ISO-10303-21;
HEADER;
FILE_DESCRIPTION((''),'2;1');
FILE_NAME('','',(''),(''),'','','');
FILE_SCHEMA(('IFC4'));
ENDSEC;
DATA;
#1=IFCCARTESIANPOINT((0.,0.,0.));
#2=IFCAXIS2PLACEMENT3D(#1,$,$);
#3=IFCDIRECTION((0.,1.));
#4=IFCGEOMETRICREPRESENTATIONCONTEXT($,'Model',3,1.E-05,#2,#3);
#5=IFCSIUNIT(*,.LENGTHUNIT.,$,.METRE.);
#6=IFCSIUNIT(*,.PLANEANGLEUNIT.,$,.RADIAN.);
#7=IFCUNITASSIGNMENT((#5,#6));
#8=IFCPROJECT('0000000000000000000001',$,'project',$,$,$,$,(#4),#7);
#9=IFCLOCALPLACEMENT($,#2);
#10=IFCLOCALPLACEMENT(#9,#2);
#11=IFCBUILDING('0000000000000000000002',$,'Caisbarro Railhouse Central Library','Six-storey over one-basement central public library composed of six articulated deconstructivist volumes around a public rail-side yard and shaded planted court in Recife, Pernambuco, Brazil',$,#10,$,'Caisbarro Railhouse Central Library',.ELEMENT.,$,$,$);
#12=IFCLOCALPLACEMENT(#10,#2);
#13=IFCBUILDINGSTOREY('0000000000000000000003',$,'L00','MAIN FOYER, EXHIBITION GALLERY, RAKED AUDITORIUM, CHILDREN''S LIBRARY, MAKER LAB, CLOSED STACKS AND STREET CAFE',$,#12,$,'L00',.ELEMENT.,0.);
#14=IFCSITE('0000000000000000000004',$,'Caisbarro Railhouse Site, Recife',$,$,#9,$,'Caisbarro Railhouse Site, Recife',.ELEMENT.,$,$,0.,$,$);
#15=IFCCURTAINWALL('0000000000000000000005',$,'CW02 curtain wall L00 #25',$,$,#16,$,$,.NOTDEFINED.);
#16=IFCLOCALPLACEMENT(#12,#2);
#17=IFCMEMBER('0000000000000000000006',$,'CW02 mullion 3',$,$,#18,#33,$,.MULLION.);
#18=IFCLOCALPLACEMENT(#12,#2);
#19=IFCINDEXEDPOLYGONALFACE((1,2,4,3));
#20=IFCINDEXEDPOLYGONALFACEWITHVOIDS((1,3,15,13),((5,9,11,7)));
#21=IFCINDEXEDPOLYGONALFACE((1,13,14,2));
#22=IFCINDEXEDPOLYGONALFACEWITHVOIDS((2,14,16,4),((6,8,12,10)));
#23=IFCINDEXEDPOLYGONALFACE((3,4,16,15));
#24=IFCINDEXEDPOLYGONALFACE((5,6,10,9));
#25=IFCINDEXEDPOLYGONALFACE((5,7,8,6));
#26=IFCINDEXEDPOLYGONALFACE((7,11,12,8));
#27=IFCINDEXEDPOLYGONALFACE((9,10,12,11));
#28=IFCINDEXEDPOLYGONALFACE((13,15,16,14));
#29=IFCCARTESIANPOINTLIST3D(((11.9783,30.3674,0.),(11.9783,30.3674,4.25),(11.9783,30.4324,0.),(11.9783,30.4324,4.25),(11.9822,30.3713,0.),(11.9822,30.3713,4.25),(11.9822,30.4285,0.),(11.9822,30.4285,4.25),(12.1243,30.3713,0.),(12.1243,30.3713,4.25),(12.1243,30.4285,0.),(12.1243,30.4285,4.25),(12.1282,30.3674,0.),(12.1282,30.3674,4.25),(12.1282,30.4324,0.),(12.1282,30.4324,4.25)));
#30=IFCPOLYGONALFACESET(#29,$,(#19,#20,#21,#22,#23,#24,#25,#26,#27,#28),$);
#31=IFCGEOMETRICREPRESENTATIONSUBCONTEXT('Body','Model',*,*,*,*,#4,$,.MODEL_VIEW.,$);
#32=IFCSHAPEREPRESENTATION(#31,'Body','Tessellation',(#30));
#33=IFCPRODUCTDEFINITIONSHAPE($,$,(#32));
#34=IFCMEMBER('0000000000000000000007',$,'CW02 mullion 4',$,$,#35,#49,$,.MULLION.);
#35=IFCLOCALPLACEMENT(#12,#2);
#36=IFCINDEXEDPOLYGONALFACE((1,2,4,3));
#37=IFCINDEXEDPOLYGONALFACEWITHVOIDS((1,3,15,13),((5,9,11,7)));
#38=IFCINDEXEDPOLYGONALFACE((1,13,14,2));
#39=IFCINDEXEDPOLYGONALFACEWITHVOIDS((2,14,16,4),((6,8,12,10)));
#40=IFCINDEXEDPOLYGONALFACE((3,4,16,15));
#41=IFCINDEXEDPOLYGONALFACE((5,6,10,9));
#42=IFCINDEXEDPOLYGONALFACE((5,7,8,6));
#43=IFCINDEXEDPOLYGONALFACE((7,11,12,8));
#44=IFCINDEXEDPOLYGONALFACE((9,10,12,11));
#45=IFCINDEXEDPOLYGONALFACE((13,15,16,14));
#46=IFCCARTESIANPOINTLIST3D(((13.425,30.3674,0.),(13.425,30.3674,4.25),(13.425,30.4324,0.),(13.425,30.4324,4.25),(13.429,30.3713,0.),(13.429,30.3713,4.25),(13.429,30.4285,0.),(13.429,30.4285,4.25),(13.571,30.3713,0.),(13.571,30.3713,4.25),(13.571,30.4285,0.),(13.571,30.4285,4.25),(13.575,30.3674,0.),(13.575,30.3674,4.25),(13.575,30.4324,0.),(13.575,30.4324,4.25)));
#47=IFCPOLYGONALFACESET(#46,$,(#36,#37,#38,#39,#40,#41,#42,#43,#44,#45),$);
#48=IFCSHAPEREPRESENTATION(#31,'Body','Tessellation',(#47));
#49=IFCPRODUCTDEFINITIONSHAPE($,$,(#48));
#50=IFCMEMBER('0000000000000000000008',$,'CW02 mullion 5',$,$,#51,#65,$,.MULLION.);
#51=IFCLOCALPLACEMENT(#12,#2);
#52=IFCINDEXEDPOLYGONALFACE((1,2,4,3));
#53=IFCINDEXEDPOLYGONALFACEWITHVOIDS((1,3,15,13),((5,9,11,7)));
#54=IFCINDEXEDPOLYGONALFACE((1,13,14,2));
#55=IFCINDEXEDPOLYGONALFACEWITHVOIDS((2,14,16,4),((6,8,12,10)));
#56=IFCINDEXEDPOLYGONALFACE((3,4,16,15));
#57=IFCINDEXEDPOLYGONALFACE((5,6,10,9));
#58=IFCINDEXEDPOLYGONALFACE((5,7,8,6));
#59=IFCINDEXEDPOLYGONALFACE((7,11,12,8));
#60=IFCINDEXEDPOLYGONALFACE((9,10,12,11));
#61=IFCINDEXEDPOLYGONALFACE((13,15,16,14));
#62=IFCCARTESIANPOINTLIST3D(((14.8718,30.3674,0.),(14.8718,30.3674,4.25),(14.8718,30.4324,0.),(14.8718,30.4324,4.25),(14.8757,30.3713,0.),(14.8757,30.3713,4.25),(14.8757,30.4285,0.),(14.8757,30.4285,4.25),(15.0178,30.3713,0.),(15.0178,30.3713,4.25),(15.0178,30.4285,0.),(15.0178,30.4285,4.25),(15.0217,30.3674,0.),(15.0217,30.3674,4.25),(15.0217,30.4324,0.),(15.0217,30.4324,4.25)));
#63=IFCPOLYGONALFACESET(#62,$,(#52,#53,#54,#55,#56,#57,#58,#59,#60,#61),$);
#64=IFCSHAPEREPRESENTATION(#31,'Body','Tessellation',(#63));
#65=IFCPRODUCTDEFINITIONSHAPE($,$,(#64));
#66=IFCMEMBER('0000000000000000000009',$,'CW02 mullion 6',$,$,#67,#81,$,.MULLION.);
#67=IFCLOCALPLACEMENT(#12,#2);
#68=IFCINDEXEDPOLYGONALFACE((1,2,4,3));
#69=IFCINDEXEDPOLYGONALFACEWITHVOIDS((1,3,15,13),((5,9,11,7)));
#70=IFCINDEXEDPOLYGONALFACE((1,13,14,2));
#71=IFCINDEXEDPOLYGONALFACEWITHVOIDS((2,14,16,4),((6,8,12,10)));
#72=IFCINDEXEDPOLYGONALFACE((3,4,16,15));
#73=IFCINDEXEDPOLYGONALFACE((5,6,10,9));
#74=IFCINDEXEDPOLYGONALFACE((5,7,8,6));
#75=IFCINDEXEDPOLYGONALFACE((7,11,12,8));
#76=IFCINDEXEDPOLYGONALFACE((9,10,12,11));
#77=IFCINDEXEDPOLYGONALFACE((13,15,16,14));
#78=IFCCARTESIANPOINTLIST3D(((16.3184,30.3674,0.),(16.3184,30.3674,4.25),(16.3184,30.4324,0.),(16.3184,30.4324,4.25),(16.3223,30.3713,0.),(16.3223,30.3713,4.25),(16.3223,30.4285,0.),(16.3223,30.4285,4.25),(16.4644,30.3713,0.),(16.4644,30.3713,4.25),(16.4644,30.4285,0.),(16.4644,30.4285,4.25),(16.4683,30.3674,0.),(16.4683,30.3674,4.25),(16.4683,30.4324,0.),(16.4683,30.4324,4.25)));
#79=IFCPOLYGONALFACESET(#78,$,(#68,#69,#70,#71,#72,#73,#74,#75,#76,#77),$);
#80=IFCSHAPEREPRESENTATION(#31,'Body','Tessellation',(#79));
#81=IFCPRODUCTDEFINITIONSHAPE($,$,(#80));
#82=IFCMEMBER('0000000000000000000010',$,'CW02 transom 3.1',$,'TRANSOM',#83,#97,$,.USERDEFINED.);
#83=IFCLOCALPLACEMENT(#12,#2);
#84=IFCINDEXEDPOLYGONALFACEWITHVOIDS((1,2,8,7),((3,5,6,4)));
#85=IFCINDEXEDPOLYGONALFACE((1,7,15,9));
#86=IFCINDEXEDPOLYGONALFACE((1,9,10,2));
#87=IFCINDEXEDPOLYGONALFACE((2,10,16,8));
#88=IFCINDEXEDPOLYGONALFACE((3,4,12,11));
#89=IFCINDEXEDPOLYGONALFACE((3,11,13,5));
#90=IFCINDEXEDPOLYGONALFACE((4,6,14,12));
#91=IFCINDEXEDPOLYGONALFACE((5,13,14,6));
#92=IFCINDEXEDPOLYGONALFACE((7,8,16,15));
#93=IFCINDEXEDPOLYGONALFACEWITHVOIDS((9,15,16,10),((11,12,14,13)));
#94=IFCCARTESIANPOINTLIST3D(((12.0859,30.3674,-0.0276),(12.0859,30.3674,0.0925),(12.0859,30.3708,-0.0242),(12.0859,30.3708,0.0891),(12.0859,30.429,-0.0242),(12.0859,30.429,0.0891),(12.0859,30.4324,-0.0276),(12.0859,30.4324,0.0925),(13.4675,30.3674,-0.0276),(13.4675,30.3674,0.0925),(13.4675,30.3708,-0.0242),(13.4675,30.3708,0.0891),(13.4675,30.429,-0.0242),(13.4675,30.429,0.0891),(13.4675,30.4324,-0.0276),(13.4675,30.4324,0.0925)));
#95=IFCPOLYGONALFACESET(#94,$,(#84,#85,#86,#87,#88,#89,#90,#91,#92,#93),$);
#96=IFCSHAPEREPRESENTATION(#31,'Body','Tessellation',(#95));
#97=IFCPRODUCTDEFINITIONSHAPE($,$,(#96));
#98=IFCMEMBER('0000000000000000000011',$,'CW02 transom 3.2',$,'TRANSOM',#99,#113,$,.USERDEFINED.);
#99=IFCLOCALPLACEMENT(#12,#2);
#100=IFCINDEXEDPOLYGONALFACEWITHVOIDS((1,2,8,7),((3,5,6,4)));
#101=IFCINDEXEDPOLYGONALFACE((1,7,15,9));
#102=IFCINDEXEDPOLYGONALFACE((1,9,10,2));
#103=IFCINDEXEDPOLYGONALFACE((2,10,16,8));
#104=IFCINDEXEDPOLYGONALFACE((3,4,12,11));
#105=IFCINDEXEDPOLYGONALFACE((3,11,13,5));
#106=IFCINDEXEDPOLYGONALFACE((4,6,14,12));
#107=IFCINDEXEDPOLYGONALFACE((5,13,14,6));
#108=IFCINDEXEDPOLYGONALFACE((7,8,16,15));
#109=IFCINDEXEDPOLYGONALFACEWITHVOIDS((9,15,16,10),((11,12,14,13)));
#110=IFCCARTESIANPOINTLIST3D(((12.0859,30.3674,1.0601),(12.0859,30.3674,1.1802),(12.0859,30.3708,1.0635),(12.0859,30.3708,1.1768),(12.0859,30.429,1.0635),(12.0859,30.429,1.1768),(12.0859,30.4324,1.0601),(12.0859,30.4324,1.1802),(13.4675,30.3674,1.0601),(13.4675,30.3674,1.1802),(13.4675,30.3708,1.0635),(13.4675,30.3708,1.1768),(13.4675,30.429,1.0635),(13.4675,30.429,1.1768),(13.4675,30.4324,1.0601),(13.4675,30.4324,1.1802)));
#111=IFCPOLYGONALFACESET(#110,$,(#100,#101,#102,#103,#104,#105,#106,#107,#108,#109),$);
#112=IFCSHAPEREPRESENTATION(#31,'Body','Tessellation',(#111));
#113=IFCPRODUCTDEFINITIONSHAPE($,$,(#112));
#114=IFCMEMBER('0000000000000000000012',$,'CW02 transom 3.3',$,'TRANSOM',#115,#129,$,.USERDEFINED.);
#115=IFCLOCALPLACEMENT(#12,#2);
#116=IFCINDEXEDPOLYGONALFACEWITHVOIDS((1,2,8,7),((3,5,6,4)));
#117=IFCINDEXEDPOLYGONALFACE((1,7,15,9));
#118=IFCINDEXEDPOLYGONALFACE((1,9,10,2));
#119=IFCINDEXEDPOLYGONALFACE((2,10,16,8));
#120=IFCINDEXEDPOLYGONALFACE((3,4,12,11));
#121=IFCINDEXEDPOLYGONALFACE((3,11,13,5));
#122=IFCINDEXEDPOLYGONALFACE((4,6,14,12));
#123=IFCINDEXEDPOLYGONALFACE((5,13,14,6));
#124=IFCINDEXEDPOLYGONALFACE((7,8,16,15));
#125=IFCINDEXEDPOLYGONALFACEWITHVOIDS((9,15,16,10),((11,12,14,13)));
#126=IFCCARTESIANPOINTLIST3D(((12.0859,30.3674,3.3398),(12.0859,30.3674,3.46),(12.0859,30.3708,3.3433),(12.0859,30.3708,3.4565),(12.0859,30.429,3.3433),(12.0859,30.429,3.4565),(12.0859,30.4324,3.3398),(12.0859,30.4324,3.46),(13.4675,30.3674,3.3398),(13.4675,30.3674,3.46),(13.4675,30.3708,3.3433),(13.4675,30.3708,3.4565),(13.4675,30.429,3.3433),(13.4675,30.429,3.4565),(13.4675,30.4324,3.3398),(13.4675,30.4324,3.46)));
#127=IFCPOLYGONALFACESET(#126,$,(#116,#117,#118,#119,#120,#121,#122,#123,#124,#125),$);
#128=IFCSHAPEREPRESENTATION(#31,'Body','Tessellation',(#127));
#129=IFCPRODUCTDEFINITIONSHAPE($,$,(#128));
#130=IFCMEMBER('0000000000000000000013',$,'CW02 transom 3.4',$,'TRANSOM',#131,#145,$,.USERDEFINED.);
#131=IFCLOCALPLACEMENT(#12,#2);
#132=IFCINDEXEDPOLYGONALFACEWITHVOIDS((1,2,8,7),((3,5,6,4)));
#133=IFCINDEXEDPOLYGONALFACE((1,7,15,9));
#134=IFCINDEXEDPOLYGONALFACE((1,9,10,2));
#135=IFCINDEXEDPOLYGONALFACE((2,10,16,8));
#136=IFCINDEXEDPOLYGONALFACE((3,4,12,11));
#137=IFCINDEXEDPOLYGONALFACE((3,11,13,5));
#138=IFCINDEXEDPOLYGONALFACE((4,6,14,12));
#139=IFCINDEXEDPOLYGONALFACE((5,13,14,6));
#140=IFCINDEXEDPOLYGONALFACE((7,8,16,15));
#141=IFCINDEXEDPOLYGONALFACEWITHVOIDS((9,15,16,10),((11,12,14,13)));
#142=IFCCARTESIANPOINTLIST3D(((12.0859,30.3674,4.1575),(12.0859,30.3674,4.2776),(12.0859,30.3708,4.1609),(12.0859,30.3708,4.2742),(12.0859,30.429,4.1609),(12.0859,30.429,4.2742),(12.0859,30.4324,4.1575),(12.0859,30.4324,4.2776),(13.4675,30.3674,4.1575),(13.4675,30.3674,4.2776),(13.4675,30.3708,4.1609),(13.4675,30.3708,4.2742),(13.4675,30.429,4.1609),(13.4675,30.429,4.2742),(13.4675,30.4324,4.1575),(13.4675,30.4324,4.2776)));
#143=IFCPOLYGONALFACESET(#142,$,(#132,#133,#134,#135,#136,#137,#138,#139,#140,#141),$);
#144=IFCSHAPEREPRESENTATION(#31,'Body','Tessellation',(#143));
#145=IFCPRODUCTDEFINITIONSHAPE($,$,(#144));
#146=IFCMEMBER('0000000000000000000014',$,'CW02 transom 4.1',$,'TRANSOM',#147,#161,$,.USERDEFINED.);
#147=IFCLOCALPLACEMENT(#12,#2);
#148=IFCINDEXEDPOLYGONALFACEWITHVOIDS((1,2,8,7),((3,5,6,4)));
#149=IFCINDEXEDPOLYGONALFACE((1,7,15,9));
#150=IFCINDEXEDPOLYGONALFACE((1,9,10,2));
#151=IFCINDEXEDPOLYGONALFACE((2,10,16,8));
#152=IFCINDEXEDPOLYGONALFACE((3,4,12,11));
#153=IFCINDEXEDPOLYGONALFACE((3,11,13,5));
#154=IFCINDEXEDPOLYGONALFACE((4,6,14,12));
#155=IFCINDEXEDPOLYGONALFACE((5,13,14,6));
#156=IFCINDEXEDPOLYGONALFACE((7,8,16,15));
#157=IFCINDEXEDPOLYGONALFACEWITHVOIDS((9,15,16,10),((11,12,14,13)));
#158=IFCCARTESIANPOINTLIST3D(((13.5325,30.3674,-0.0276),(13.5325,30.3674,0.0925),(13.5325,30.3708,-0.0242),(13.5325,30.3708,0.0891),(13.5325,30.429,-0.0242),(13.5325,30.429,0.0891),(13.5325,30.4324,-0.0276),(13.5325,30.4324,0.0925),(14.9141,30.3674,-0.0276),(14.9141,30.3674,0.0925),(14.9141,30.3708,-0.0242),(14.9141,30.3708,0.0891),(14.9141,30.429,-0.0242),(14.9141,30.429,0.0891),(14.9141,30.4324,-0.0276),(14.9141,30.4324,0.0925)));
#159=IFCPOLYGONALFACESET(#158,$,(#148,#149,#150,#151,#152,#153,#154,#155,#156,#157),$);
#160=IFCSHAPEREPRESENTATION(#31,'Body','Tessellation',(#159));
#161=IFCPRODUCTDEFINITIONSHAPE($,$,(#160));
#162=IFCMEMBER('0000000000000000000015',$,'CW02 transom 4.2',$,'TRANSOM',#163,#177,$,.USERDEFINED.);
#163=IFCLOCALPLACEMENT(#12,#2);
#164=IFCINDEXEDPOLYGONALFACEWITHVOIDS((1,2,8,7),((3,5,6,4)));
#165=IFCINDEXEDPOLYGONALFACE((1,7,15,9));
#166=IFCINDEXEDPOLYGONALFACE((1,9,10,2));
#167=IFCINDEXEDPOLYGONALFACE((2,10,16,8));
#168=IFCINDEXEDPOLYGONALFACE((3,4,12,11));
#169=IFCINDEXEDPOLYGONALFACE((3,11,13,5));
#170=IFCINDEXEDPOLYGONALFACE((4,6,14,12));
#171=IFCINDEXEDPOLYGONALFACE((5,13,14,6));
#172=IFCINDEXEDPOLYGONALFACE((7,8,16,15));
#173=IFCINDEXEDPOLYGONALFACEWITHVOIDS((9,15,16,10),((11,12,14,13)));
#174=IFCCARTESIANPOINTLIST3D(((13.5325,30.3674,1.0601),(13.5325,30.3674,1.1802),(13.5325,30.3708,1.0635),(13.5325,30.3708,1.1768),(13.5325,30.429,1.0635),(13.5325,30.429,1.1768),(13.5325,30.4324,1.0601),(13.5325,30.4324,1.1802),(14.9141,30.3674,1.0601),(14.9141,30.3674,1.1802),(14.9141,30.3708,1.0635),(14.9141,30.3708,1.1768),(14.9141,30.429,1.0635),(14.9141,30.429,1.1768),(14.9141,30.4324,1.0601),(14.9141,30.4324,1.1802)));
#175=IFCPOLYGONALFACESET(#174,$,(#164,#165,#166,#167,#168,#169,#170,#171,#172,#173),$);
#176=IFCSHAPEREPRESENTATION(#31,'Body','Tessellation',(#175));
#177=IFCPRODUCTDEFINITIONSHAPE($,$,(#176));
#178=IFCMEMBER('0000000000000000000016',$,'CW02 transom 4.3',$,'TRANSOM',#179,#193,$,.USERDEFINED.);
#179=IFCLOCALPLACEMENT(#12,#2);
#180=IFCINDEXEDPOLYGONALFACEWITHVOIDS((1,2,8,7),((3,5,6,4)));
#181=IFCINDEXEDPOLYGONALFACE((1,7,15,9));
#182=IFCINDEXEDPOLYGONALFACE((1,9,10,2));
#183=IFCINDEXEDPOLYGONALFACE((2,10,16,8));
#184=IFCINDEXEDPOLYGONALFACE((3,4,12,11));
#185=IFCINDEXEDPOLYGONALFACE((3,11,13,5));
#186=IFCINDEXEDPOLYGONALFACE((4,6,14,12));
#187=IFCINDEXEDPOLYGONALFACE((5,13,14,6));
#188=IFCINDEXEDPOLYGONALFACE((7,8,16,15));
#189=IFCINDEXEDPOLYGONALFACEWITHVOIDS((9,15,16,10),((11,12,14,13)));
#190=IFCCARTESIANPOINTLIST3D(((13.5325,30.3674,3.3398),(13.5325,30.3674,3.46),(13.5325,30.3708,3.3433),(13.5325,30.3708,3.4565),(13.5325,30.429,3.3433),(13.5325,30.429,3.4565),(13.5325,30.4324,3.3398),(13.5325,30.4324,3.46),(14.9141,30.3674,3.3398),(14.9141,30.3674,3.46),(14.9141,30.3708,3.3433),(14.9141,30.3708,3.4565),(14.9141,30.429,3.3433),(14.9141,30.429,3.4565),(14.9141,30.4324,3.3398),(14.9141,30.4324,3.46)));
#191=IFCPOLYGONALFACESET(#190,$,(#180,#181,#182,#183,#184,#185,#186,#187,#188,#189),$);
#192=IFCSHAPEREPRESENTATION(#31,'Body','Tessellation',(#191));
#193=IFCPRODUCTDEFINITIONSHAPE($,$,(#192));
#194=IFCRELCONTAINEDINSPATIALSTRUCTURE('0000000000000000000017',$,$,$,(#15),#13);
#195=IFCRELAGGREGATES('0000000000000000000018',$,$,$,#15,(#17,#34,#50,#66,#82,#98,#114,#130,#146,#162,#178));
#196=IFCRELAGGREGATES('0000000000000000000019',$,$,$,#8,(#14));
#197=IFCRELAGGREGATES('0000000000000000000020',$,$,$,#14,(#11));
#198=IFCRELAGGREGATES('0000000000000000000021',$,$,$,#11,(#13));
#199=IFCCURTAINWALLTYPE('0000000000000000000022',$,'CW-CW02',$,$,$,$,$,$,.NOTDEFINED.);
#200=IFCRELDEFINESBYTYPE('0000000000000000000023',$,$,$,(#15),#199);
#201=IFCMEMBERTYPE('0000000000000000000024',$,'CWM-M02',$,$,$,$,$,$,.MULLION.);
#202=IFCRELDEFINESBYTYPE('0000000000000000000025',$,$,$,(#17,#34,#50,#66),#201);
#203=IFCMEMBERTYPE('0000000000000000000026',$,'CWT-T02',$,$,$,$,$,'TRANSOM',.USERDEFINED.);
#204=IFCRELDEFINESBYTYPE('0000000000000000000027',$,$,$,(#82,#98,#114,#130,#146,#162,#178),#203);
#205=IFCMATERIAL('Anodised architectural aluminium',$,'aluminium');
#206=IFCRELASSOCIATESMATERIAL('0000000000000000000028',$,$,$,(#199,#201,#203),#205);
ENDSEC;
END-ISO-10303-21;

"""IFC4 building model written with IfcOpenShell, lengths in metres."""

from ifc_helpers import new_model, si_unit, direction, frame, origin, origin_2d, place, context, subcontext, project, spatial, hollow_rectangle, extrude, material, material_profile, profile_set, type_object, element, aggregate, save


model = new_model("IFC4")

# Units and contexts
model_context = context("Model", 3, precision=1e-05, world=origin(), true_north=direction((0.0, 1.0)))
body_context = subcontext(model_context, "Body", "Model", "MODEL_VIEW")
ifc_project = project(units=[si_unit("LENGTHUNIT", "METRE"), si_unit("PLANEANGLEUNIT", "RADIAN")], contexts=[model_context])

# Site, building, storey
site_placement = place(None, origin())
site = spatial("IfcSite", under=ifc_project, at=site_placement, Name="Caisbarro Railhouse Site, Recife", LongName="Caisbarro Railhouse Site, Recife", CompositionType="ELEMENT", RefElevation=0.0)
building_placement = place(site_placement, origin())
building = spatial("IfcBuilding", under=site, at=building_placement, Name="Caisbarro Railhouse Central Library", Description="Six-storey over one-basement central public library composed of six articulated deconstructivist volumes around a public rail-side yard and shaded planted court in Recife, Pernambuco, Brazil", LongName="Caisbarro Railhouse Central Library", CompositionType="ELEMENT")
storey_placement = place(building_placement, origin())
storey = spatial("IfcBuildingStorey", under=building, at=storey_placement, Name="L00", Description="MAIN FOYER, EXHIBITION GALLERY, RAKED AUDITORIUM, CHILDREN'S LIBRARY, MAKER LAB, CLOSED STACKS AND STREET CAFE", LongName="L00", CompositionType="ELEMENT", Elevation=0.0)

# Curtain wall, members
ifc_material_1 = material(Name="Anodised architectural aluminium", Category="aluminium")
curtain_wall_type = type_object("IfcCurtainWallType", Name="CW-CW02", PredefinedType="NOTDEFINED", material=ifc_material_1)
curtain_wall_placement = place(storey_placement, origin())
curtain_wall = element("IfcCurtainWall", 1, at=curtain_wall_placement, inside=storey, type_object=curtain_wall_type, Name="CW02 curtain wall L00 #25", PredefinedType="NOTDEFINED")
ifc_material_profile_1 = material_profile(ifc_material_1, hollow_rectangle(XDim=0.0649, YDim=0.1499, WallThickness=0.0039, at=origin_2d()), Name="ALU-MUL-65X150")
ifc_profile_set_1 = profile_set([ifc_material_profile_1], Name="Anodised architectural aluminium")
member_type_1 = type_object("IfcMemberType", Name="CWM-M02", PredefinedType="MULLION", material=ifc_profile_set_1)
member_1_placement = place(storey_placement, frame((12.0532, 30.3999, 0.0), z_axis=(0.0, 0.0, 1.0), x_axis=(0.0, 1.0, 0.0)))
member_1 = element("IfcMember", 2, at=member_1_placement, type_object=member_type_1, Name="CW02 mullion 3", PredefinedType="MULLION", context=body_context, shape_type="SweptSolid", body=[
    extrude(hollow_rectangle(XDim=0.0649, YDim=0.1499, WallThickness=0.0039, at=origin_2d()), origin(), (0.0, 0.0, 1.0), 4.25),
])
member_2_placement = place(storey_placement, frame((13.5, 30.3999, 0.0), z_axis=(0.0, 0.0, 1.0), x_axis=(0.0, 1.0, 0.0)))
member_2 = element("IfcMember", 3, at=member_2_placement, type_object=member_type_1, Name="CW02 mullion 4", PredefinedType="MULLION", context=body_context, shape_type="SweptSolid", body=[
    extrude(hollow_rectangle(XDim=0.0649, YDim=0.1499, WallThickness=0.0039, at=origin_2d()), origin(), (0.0, 0.0, 1.0), 4.25),
])
member_3_placement = place(storey_placement, frame((14.9468, 30.3999, 0.0), z_axis=(0.0, 0.0, 1.0), x_axis=(0.0, 1.0, 0.0)))
member_3 = element("IfcMember", 4, at=member_3_placement, type_object=member_type_1, Name="CW02 mullion 5", PredefinedType="MULLION", context=body_context, shape_type="SweptSolid", body=[
    extrude(hollow_rectangle(XDim=0.0649, YDim=0.1499, WallThickness=0.0039, at=origin_2d()), origin(), (0.0, 0.0, 1.0), 4.25),
])
member_4_placement = place(storey_placement, frame((16.3933, 30.3999, 0.0), z_axis=(0.0, 0.0, 1.0), x_axis=(0.0, 1.0, 0.0)))
member_4 = element("IfcMember", 5, at=member_4_placement, type_object=member_type_1, Name="CW02 mullion 6", PredefinedType="MULLION", context=body_context, shape_type="SweptSolid", body=[
    extrude(hollow_rectangle(XDim=0.0649, YDim=0.1499, WallThickness=0.0039, at=origin_2d()), origin(), (0.0, 0.0, 1.0), 4.25),
])
ifc_material_profile_2 = material_profile(ifc_material_1, hollow_rectangle(XDim=0.0649, YDim=0.1201, WallThickness=0.0034, at=origin_2d()), Name="ALU-TRN-65X120")
ifc_profile_set_2 = profile_set([ifc_material_profile_2], Name="Anodised architectural aluminium")
member_type_2 = type_object("IfcMemberType", Name="CWT-T02", ElementType="TRANSOM", PredefinedType="USERDEFINED", material=ifc_profile_set_2)
member_5_placement = place(storey_placement, frame((12.0859, 30.3999, 0.0325), z_axis=(1.0, 0.0, 0.0), x_axis=(0.0, 1.0, 0.0)))
member_5 = element("IfcMember", 6, at=member_5_placement, type_object=member_type_2, Name="CW02 transom 3.1", ObjectType="TRANSOM", PredefinedType="USERDEFINED", context=body_context, shape_type="SweptSolid", body=[
    extrude(hollow_rectangle(XDim=0.0649, YDim=0.1201, WallThickness=0.0034, at=origin_2d()), origin(), (0.0, 0.0, 1.0), 1.3816),
])
member_6_placement = place(storey_placement, frame((12.0859, 30.3999, 1.1201), z_axis=(1.0, 0.0, 0.0), x_axis=(0.0, 1.0, 0.0)))
member_6 = element("IfcMember", 7, at=member_6_placement, type_object=member_type_2, Name="CW02 transom 3.2", ObjectType="TRANSOM", PredefinedType="USERDEFINED", context=body_context, shape_type="SweptSolid", body=[
    extrude(hollow_rectangle(XDim=0.0649, YDim=0.1201, WallThickness=0.0034, at=origin_2d()), origin(), (0.0, 0.0, 1.0), 1.3816),
])
member_7_placement = place(storey_placement, frame((12.0859, 30.3999, 3.3999), z_axis=(1.0, 0.0, 0.0), x_axis=(0.0, 1.0, 0.0)))
member_7 = element("IfcMember", 8, at=member_7_placement, type_object=member_type_2, Name="CW02 transom 3.3", ObjectType="TRANSOM", PredefinedType="USERDEFINED", context=body_context, shape_type="SweptSolid", body=[
    extrude(hollow_rectangle(XDim=0.0649, YDim=0.1201, WallThickness=0.0034, at=origin_2d()), origin(), (0.0, 0.0, 1.0), 1.3816),
])
member_8_placement = place(storey_placement, frame((12.0859, 30.3999, 4.2175), z_axis=(1.0, 0.0, 0.0), x_axis=(0.0, 1.0, 0.0)))
member_8 = element("IfcMember", 9, at=member_8_placement, type_object=member_type_2, Name="CW02 transom 3.4", ObjectType="TRANSOM", PredefinedType="USERDEFINED", context=body_context, shape_type="SweptSolid", body=[
    extrude(hollow_rectangle(XDim=0.0649, YDim=0.1201, WallThickness=0.0034, at=origin_2d()), origin(), (0.0, 0.0, 1.0), 1.3816),
])
member_9_placement = place(storey_placement, frame((13.5325, 30.3999, 0.0325), z_axis=(1.0, 0.0, 0.0), x_axis=(0.0, 1.0, 0.0)))
member_9 = element("IfcMember", 10, at=member_9_placement, type_object=member_type_2, Name="CW02 transom 4.1", ObjectType="TRANSOM", PredefinedType="USERDEFINED", context=body_context, shape_type="SweptSolid", body=[
    extrude(hollow_rectangle(XDim=0.0649, YDim=0.1201, WallThickness=0.0034, at=origin_2d()), origin(), (0.0, 0.0, 1.0), 1.3816),
])
member_10_placement = place(storey_placement, frame((13.5325, 30.3999, 1.1201), z_axis=(1.0, 0.0, 0.0), x_axis=(0.0, 1.0, 0.0)))
member_10 = element("IfcMember", 11, at=member_10_placement, type_object=member_type_2, Name="CW02 transom 4.2", ObjectType="TRANSOM", PredefinedType="USERDEFINED", context=body_context, shape_type="SweptSolid", body=[
    extrude(hollow_rectangle(XDim=0.0649, YDim=0.1201, WallThickness=0.0034, at=origin_2d()), origin(), (0.0, 0.0, 1.0), 1.3816),
])
member_11_placement = place(storey_placement, frame((13.5325, 30.3999, 3.3999), z_axis=(1.0, 0.0, 0.0), x_axis=(0.0, 1.0, 0.0)))
member_11 = element("IfcMember", 12, at=member_11_placement, type_object=member_type_2, Name="CW02 transom 4.3", ObjectType="TRANSOM", PredefinedType="USERDEFINED", context=body_context, shape_type="SweptSolid", body=[
    extrude(hollow_rectangle(XDim=0.0649, YDim=0.1201, WallThickness=0.0034, at=origin_2d()), origin(), (0.0, 0.0, 1.0), 1.3816),
])
aggregate(curtain_wall, [member_1, member_2, member_3, member_4, member_5, member_6, member_7, member_8, member_9, member_10, member_11])

save(model, "model.ifc")
